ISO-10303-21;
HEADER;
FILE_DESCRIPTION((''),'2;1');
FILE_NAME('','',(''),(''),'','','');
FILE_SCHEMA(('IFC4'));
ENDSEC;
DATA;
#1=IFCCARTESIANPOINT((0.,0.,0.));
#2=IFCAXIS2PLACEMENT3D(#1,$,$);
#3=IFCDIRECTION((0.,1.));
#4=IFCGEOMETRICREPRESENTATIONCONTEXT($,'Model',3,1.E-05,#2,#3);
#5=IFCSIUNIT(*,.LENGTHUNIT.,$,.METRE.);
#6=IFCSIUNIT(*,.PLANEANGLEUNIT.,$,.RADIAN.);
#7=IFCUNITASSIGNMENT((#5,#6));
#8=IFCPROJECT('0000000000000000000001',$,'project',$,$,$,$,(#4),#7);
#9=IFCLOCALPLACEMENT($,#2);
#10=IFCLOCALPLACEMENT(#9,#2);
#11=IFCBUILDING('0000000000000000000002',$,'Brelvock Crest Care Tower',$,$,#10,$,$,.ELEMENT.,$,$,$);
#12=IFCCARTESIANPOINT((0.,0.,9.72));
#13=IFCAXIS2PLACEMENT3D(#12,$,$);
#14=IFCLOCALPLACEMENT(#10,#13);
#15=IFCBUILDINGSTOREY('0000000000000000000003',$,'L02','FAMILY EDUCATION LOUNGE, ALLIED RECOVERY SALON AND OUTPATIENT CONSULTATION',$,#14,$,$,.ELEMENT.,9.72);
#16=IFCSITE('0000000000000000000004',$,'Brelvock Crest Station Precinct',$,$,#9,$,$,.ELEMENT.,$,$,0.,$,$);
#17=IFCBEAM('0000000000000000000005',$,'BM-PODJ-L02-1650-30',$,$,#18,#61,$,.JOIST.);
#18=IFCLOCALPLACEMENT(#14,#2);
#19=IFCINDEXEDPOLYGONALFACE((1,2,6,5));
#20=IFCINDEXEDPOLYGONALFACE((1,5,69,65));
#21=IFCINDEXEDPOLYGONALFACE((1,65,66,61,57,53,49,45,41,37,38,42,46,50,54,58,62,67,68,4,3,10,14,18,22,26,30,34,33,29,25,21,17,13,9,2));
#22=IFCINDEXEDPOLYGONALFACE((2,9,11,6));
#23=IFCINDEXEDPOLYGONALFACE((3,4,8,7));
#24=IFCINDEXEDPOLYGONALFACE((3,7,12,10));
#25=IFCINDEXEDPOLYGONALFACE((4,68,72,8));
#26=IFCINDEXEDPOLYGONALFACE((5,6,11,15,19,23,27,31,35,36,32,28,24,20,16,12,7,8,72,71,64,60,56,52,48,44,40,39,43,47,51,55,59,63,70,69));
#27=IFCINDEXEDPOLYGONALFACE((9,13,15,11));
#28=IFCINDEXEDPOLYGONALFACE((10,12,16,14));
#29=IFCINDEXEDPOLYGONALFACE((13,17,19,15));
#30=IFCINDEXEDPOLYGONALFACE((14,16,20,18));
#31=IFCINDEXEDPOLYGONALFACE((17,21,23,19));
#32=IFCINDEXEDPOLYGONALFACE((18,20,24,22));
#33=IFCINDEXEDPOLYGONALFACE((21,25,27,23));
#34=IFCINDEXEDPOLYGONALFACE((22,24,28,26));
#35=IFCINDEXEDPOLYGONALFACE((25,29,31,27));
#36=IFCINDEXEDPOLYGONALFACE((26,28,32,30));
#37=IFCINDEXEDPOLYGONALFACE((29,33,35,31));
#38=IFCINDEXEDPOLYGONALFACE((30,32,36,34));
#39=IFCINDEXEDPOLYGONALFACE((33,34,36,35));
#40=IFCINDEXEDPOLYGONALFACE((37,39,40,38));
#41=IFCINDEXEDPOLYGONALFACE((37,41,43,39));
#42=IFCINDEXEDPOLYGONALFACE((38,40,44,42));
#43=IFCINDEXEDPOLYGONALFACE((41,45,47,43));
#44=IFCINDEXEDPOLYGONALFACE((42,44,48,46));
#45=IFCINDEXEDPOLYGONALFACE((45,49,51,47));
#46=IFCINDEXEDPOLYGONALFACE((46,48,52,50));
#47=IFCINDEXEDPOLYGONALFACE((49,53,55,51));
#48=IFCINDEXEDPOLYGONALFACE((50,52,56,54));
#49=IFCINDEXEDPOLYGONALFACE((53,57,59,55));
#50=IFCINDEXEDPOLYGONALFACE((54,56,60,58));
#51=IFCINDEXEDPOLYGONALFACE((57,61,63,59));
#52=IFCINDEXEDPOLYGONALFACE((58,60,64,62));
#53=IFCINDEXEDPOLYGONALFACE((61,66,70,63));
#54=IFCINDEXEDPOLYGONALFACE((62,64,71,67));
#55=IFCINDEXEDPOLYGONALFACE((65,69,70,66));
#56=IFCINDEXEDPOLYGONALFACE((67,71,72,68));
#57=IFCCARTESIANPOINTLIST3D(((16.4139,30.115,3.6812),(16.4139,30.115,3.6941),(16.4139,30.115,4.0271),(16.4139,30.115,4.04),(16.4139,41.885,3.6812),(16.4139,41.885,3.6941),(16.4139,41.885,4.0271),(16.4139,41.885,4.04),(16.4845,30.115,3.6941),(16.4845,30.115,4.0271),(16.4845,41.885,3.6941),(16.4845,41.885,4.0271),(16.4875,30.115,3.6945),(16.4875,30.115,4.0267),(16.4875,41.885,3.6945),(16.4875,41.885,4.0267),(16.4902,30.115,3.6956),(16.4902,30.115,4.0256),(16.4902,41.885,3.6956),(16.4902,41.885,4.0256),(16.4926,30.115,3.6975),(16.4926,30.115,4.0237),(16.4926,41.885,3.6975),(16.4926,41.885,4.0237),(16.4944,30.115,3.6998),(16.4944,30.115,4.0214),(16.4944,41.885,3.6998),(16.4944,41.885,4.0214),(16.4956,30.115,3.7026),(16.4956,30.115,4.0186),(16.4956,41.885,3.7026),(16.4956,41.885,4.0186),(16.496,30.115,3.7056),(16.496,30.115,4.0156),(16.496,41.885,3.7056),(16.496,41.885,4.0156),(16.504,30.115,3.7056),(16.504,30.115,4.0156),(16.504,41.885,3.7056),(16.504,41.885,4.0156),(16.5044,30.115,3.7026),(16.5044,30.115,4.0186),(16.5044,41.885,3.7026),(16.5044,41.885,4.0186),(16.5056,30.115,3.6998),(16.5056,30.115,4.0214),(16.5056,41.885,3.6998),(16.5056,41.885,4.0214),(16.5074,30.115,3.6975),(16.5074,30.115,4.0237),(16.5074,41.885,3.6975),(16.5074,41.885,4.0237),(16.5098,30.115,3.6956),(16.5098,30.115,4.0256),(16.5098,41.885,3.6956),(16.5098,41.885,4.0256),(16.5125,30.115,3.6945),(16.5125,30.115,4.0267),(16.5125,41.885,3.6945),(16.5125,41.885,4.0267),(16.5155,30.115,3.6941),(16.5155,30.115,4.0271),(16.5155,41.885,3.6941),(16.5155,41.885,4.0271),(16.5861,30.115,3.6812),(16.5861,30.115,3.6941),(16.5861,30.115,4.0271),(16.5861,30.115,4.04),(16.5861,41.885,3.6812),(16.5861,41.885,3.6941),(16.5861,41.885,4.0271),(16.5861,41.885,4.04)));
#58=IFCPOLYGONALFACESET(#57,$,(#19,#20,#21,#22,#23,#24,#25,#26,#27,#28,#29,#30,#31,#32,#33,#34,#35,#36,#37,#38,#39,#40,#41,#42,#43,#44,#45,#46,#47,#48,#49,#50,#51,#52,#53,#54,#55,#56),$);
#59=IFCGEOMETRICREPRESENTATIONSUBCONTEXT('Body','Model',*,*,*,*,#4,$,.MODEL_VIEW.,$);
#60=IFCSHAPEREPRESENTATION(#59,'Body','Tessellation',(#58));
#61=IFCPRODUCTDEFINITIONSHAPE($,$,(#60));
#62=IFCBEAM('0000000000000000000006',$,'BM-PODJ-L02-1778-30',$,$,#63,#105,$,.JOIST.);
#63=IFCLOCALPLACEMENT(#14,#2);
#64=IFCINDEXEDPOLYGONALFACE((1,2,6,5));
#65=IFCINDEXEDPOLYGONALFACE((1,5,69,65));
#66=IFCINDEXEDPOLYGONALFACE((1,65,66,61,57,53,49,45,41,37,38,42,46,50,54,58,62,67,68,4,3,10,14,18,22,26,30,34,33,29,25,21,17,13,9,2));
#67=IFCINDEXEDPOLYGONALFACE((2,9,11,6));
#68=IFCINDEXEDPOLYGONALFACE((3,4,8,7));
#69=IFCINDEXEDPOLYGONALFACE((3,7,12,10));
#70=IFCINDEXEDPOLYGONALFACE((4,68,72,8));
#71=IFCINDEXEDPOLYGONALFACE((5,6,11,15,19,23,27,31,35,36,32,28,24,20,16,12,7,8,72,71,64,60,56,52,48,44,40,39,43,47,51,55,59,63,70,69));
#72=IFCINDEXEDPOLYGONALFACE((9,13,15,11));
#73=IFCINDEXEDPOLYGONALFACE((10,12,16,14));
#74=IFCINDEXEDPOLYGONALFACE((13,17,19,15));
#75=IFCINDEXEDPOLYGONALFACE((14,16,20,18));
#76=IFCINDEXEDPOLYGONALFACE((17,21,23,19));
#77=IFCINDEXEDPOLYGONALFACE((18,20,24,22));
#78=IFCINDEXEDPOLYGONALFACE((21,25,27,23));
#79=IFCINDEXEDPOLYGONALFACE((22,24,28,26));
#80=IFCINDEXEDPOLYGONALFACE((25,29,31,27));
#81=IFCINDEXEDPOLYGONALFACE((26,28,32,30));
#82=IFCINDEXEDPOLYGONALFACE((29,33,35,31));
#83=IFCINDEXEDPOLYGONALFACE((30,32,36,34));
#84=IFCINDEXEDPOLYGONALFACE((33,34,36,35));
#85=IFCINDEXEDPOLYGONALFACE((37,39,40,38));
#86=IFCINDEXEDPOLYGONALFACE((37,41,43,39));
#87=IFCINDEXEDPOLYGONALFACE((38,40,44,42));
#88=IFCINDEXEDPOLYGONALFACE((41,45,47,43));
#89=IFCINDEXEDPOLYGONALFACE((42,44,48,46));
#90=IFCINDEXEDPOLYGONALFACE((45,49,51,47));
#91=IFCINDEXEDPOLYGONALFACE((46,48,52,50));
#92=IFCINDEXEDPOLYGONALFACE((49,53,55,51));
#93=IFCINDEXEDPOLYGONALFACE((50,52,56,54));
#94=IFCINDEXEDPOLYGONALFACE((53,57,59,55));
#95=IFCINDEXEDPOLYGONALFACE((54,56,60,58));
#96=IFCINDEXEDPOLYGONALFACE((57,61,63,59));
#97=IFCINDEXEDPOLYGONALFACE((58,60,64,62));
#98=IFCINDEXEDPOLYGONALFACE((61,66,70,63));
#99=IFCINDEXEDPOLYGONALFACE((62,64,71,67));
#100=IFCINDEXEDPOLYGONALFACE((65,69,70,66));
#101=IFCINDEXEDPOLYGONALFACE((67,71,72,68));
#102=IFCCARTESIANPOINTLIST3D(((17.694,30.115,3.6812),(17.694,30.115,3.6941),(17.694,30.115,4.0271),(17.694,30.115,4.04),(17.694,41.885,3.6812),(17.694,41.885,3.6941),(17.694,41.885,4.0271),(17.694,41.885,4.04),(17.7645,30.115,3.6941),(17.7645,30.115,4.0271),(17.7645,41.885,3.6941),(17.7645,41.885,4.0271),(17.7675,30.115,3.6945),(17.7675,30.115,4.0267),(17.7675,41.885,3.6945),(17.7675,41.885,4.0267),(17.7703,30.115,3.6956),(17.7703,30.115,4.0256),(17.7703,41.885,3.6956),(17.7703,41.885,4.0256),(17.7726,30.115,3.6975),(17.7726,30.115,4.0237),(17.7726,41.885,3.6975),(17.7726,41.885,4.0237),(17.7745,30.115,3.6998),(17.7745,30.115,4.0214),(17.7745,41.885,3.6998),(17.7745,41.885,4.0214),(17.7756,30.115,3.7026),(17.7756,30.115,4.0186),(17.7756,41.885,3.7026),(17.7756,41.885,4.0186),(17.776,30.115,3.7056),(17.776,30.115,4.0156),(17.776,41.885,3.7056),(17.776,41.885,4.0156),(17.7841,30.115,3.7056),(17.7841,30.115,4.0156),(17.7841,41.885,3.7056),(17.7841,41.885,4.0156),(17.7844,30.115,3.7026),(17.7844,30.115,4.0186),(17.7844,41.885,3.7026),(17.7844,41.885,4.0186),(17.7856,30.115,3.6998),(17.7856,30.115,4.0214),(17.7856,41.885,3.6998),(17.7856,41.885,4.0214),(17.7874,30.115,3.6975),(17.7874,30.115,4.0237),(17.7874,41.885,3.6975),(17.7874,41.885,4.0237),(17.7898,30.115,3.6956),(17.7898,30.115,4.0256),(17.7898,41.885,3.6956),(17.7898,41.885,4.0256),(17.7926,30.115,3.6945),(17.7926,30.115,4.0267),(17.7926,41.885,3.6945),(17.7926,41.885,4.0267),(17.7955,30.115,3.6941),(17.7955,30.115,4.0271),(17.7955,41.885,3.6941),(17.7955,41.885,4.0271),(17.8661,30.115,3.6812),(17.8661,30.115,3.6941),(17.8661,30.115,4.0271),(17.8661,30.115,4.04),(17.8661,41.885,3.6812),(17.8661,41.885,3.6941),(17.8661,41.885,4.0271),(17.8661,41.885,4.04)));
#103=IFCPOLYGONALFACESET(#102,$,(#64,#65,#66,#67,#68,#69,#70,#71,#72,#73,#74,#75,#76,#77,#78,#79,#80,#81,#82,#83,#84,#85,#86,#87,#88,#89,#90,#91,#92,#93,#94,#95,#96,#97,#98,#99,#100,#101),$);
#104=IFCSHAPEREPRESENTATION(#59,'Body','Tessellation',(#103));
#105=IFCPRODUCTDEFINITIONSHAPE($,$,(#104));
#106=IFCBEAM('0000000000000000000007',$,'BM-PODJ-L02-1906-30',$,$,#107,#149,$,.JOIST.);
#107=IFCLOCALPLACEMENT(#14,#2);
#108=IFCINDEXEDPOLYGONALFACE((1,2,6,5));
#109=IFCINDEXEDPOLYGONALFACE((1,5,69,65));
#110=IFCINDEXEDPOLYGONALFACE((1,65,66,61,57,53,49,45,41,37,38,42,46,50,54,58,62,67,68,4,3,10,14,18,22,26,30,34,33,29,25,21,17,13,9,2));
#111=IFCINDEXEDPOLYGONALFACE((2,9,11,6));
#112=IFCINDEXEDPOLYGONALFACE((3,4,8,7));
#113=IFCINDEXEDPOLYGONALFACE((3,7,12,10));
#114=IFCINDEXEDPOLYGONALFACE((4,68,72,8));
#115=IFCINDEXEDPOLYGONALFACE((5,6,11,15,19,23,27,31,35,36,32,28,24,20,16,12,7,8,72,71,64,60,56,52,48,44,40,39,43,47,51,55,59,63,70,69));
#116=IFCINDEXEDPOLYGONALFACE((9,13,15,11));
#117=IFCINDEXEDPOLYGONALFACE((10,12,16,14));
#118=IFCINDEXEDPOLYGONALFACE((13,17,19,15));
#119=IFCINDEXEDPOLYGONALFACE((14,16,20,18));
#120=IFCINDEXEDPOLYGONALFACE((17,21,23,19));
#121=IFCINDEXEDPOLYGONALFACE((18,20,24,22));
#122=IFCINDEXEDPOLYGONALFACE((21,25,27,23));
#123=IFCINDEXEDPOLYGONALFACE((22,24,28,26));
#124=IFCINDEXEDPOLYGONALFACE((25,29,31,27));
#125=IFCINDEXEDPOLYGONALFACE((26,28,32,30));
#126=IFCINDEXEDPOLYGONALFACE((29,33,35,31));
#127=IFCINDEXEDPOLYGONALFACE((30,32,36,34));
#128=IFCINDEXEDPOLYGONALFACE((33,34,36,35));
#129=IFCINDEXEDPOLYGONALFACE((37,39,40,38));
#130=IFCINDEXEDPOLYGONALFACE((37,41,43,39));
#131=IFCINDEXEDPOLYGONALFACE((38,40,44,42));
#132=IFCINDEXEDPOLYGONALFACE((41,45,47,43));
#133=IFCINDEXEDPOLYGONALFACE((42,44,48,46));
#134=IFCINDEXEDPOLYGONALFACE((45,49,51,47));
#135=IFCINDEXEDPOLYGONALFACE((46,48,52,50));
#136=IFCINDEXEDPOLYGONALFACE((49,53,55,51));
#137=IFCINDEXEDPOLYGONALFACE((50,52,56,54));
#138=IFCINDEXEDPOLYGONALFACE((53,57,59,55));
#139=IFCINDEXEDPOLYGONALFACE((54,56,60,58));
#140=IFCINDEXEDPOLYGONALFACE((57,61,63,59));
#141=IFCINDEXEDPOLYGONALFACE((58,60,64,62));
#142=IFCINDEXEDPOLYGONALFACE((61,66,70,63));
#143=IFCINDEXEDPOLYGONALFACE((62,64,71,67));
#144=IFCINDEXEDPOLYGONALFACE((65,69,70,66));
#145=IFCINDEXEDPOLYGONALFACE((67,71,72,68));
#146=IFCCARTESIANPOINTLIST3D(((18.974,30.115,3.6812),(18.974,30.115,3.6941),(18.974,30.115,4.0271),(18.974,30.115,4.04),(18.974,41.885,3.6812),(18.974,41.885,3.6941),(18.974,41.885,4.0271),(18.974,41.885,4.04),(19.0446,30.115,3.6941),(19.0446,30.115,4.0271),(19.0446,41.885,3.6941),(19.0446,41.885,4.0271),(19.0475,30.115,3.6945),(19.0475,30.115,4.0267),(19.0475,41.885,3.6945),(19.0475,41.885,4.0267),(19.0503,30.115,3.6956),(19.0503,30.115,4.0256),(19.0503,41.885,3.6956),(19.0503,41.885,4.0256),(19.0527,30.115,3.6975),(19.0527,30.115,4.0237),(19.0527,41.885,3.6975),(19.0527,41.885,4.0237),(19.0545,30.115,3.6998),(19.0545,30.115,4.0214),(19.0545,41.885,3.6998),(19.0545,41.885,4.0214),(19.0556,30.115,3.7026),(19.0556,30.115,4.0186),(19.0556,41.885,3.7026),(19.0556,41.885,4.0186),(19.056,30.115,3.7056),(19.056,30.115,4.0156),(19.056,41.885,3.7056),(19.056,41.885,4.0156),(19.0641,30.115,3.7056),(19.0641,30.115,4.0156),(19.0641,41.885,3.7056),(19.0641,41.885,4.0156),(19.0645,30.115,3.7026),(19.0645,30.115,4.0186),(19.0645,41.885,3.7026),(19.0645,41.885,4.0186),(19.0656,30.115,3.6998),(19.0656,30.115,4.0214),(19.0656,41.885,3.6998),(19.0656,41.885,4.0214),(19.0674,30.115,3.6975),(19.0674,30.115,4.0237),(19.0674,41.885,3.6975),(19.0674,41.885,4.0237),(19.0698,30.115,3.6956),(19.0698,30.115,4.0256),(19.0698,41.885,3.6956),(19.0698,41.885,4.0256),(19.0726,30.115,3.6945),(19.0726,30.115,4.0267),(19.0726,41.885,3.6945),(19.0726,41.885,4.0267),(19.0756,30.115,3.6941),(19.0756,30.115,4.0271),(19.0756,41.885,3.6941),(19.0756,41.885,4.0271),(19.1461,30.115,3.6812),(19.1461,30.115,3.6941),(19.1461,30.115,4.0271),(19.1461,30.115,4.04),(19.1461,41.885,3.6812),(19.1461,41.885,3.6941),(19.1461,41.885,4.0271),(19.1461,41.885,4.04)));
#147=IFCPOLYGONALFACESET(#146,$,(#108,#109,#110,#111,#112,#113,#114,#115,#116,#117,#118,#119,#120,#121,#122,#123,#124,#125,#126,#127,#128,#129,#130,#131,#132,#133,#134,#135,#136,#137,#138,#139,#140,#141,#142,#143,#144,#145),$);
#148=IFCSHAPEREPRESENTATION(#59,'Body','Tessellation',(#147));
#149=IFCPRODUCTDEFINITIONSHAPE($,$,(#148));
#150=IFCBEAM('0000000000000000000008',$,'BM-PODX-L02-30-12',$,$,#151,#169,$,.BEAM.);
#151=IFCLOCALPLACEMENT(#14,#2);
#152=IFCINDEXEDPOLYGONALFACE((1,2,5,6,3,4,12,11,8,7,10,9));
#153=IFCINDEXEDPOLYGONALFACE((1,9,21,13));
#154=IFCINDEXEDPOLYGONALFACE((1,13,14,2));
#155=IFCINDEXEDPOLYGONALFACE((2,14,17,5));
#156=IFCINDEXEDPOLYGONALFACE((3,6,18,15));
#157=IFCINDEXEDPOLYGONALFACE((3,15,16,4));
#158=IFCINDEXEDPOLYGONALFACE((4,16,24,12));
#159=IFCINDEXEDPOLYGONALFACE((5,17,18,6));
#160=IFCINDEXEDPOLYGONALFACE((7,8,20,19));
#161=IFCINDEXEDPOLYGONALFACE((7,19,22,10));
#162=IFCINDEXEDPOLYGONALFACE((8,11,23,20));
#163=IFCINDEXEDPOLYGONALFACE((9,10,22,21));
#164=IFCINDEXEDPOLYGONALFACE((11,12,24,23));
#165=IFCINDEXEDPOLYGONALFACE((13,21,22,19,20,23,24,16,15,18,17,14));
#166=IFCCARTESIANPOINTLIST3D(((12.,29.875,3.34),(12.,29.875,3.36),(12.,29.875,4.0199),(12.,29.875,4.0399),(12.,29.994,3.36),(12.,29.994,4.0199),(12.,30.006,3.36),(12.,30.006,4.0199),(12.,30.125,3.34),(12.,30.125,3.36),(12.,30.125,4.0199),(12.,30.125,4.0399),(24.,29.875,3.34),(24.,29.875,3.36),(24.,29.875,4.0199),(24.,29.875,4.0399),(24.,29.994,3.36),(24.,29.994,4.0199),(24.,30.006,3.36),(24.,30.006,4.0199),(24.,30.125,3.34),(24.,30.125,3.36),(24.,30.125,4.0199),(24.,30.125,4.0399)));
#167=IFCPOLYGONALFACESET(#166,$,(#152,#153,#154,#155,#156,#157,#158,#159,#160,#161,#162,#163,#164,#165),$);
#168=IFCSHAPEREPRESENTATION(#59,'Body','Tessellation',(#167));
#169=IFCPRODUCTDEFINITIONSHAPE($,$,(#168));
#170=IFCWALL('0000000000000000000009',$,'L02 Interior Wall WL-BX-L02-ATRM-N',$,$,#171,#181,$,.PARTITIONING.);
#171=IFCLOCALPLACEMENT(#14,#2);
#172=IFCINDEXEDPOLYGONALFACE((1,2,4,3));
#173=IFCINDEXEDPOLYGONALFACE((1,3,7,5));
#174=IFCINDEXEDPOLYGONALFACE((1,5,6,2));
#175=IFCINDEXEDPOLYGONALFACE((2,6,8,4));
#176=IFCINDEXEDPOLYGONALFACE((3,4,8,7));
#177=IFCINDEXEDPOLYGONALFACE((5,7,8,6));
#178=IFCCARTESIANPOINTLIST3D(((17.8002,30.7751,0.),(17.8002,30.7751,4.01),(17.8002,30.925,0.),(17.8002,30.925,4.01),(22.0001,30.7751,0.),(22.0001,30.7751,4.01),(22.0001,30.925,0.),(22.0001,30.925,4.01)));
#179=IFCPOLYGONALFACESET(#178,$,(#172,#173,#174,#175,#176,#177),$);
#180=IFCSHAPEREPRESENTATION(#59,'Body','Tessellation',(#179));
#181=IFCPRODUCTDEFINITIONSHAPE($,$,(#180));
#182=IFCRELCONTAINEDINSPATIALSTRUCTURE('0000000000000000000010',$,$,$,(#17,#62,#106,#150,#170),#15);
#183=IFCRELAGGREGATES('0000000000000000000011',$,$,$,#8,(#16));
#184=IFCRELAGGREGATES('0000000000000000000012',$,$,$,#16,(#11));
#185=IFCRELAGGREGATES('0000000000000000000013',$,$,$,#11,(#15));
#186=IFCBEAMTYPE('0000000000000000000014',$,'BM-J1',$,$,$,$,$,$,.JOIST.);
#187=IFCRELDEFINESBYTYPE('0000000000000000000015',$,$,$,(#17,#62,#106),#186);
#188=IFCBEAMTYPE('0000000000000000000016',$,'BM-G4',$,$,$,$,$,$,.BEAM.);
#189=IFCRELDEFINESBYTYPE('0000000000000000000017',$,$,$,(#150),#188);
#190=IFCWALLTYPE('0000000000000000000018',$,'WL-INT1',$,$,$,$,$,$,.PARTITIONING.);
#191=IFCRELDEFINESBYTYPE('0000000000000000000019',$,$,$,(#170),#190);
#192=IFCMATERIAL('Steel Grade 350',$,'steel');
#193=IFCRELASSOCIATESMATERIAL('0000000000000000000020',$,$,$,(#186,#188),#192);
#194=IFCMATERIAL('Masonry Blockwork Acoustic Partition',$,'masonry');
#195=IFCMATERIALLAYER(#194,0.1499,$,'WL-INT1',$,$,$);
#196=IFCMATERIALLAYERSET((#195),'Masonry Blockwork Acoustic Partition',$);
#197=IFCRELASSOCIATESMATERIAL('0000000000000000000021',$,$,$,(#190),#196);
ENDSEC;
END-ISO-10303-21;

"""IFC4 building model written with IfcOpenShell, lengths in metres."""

from ifc_helpers import new_model, si_unit, direction, frame, frame_2d, origin, origin_2d, place, context, subcontext, project, spatial, rectangle, i_section, extrude, source, transform, mapped, material, layer, layer_set, material_profile, profile_set, type_object, element, save


model = new_model("IFC4")

# Units and contexts
model_context = context("Model", 3, precision=1e-05, world=origin(), true_north=direction((0.0, 1.0)))
body_context = subcontext(model_context, "Body", "Model", "MODEL_VIEW")
ifc_project = project(units=[si_unit("LENGTHUNIT", "METRE"), si_unit("PLANEANGLEUNIT", "RADIAN")], contexts=[model_context])

# Site, building, storey
site_placement = place(None, origin())
site = spatial("IfcSite", under=ifc_project, at=site_placement, Name="Brelvock Crest Station Precinct", CompositionType="ELEMENT", RefElevation=0.0)
building_placement = place(site_placement, origin())
building = spatial("IfcBuilding", under=site, at=building_placement, Name="Brelvock Crest Care Tower", CompositionType="ELEMENT")
storey_placement = place(building_placement, frame((0.0, 0.0, 9.72)))
storey = spatial("IfcBuildingStorey", under=building, at=storey_placement, Name="L02", Description="FAMILY EDUCATION LOUNGE, ALLIED RECOVERY SALON AND OUTPATIENT CONSULTATION", CompositionType="ELEMENT", Elevation=9.72)

# Shared definitions
ifc_material_1 = material(Name="Steel Grade 350", Category="steel")

# Beams
ifc_material_profile_1 = material_profile(ifc_material_1, i_section(OverallWidth=0.1721, OverallDepth=0.3589, WebThickness=0.0081, FlangeThickness=0.0129, FilletRadius=0.0115, at=origin_2d()), Name="360UB56.7")
ifc_profile_set_1 = profile_set([ifc_material_profile_1], Name="Steel Grade 350")
beam_type_1 = type_object("IfcBeamType", Name="BM-J1", PredefinedType="JOIST", material=ifc_profile_set_1)
shared_shape_1 = source(origin(), body_context, "Body", "SweptSolid", [
    extrude(i_section(OverallWidth=0.1721, OverallDepth=0.3589, WebThickness=0.0081, FlangeThickness=0.0129, FilletRadius=0.0115, at=origin_2d()), origin(), (0.0, 0.0, 1.0), 11.77),
])
for number, where, z_axis, x_axis, name in (
    (1, (16.5, 30.115, 3.8606), (0.0, 1.0, 0.0), (-1.0, 0.0, 0.0), "BM-PODJ-L02-1650-30"),
    (2, (17.78, 30.115, 3.8606), (0.0, 1.0, 0.0), (-1.0, 0.0, 0.0), "BM-PODJ-L02-1778-30"),
    (3, (19.0601, 30.115, 3.8606), (0.0, 1.0, 0.0), (-1.0, 0.0, 0.0), "BM-PODJ-L02-1906-30"),
):
    element("IfcBeam", number, at=place(storey_placement, frame(where, z_axis=z_axis, x_axis=x_axis)), inside=storey, type_object=beam_type_1, Name=name, PredefinedType="JOIST", context=body_context, shape_type="MappedRepresentation", body=[
        mapped(shared_shape_1, transform((0.0, 0.0, 0.0), x_axis=(1.0, 0.0, 0.0), y_axis=(0.0, 1.0, 0.0), z_axis=(0.0, 0.0, 1.0), scale=1.0)),
    ])
ifc_material_profile_2 = material_profile(ifc_material_1, i_section(OverallWidth=0.25, OverallDepth=0.7, WebThickness=0.012, FlangeThickness=0.02, at=origin_2d()), Name="700WB150")
ifc_profile_set_2 = profile_set([ifc_material_profile_2], Name="Steel Grade 350")
beam_type_2 = type_object("IfcBeamType", Name="BM-G4", PredefinedType="BEAM", material=ifc_profile_set_2)
shared_shape_2 = source(origin(), body_context, "Body", "SweptSolid", [
    extrude(i_section(OverallWidth=0.25, OverallDepth=0.7, WebThickness=0.012, FlangeThickness=0.02, at=origin_2d()), origin(), (0.0, 0.0, 1.0), 12.0),
])
beam_1_placement = place(storey_placement, frame((12.0, 30.0, 3.6899), z_axis=(1.0, 0.0, 0.0), x_axis=(0.0, 1.0, 0.0)))
element("IfcBeam", 4, at=beam_1_placement, inside=storey, type_object=beam_type_2, Name="BM-PODX-L02-30-12", PredefinedType="BEAM", context=body_context, shape_type="MappedRepresentation", body=[
    mapped(shared_shape_2, transform((0.0, 0.0, 0.0), x_axis=(1.0, 0.0, 0.0), y_axis=(0.0, 1.0, 0.0), z_axis=(0.0, 0.0, 1.0), scale=1.0)),
])

# Wall
ifc_material_2 = material(Name="Masonry Blockwork Acoustic Partition", Category="masonry")
ifc_layer_1 = layer(ifc_material_2, 0.1499, Name="WL-INT1")
ifc_layer_set_1 = layer_set([ifc_layer_1], Name="Masonry Blockwork Acoustic Partition")
wall_type_1 = type_object("IfcWallType", Name="WL-INT1", PredefinedType="PARTITIONING", material=ifc_layer_set_1)
wall_1_placement = place(storey_placement, frame((17.8, 30.8501, 0.0), z_axis=(0.0, 0.0, 1.0), x_axis=(1.0, 0.0, 0.0)))
element("IfcWall", 5, at=wall_1_placement, inside=storey, type_object=wall_type_1, Name="L02 Interior Wall WL-BX-L02-ATRM-N", PredefinedType="PARTITIONING", context=body_context, shape_type="SweptSolid", body=[
    extrude(rectangle(XDim=4.2, YDim=0.1499, at=frame_2d((2.1001, 0.0))), origin(), (0.0, 0.0, 1.0), 4.01),
])

save(model, "model.ifc")
